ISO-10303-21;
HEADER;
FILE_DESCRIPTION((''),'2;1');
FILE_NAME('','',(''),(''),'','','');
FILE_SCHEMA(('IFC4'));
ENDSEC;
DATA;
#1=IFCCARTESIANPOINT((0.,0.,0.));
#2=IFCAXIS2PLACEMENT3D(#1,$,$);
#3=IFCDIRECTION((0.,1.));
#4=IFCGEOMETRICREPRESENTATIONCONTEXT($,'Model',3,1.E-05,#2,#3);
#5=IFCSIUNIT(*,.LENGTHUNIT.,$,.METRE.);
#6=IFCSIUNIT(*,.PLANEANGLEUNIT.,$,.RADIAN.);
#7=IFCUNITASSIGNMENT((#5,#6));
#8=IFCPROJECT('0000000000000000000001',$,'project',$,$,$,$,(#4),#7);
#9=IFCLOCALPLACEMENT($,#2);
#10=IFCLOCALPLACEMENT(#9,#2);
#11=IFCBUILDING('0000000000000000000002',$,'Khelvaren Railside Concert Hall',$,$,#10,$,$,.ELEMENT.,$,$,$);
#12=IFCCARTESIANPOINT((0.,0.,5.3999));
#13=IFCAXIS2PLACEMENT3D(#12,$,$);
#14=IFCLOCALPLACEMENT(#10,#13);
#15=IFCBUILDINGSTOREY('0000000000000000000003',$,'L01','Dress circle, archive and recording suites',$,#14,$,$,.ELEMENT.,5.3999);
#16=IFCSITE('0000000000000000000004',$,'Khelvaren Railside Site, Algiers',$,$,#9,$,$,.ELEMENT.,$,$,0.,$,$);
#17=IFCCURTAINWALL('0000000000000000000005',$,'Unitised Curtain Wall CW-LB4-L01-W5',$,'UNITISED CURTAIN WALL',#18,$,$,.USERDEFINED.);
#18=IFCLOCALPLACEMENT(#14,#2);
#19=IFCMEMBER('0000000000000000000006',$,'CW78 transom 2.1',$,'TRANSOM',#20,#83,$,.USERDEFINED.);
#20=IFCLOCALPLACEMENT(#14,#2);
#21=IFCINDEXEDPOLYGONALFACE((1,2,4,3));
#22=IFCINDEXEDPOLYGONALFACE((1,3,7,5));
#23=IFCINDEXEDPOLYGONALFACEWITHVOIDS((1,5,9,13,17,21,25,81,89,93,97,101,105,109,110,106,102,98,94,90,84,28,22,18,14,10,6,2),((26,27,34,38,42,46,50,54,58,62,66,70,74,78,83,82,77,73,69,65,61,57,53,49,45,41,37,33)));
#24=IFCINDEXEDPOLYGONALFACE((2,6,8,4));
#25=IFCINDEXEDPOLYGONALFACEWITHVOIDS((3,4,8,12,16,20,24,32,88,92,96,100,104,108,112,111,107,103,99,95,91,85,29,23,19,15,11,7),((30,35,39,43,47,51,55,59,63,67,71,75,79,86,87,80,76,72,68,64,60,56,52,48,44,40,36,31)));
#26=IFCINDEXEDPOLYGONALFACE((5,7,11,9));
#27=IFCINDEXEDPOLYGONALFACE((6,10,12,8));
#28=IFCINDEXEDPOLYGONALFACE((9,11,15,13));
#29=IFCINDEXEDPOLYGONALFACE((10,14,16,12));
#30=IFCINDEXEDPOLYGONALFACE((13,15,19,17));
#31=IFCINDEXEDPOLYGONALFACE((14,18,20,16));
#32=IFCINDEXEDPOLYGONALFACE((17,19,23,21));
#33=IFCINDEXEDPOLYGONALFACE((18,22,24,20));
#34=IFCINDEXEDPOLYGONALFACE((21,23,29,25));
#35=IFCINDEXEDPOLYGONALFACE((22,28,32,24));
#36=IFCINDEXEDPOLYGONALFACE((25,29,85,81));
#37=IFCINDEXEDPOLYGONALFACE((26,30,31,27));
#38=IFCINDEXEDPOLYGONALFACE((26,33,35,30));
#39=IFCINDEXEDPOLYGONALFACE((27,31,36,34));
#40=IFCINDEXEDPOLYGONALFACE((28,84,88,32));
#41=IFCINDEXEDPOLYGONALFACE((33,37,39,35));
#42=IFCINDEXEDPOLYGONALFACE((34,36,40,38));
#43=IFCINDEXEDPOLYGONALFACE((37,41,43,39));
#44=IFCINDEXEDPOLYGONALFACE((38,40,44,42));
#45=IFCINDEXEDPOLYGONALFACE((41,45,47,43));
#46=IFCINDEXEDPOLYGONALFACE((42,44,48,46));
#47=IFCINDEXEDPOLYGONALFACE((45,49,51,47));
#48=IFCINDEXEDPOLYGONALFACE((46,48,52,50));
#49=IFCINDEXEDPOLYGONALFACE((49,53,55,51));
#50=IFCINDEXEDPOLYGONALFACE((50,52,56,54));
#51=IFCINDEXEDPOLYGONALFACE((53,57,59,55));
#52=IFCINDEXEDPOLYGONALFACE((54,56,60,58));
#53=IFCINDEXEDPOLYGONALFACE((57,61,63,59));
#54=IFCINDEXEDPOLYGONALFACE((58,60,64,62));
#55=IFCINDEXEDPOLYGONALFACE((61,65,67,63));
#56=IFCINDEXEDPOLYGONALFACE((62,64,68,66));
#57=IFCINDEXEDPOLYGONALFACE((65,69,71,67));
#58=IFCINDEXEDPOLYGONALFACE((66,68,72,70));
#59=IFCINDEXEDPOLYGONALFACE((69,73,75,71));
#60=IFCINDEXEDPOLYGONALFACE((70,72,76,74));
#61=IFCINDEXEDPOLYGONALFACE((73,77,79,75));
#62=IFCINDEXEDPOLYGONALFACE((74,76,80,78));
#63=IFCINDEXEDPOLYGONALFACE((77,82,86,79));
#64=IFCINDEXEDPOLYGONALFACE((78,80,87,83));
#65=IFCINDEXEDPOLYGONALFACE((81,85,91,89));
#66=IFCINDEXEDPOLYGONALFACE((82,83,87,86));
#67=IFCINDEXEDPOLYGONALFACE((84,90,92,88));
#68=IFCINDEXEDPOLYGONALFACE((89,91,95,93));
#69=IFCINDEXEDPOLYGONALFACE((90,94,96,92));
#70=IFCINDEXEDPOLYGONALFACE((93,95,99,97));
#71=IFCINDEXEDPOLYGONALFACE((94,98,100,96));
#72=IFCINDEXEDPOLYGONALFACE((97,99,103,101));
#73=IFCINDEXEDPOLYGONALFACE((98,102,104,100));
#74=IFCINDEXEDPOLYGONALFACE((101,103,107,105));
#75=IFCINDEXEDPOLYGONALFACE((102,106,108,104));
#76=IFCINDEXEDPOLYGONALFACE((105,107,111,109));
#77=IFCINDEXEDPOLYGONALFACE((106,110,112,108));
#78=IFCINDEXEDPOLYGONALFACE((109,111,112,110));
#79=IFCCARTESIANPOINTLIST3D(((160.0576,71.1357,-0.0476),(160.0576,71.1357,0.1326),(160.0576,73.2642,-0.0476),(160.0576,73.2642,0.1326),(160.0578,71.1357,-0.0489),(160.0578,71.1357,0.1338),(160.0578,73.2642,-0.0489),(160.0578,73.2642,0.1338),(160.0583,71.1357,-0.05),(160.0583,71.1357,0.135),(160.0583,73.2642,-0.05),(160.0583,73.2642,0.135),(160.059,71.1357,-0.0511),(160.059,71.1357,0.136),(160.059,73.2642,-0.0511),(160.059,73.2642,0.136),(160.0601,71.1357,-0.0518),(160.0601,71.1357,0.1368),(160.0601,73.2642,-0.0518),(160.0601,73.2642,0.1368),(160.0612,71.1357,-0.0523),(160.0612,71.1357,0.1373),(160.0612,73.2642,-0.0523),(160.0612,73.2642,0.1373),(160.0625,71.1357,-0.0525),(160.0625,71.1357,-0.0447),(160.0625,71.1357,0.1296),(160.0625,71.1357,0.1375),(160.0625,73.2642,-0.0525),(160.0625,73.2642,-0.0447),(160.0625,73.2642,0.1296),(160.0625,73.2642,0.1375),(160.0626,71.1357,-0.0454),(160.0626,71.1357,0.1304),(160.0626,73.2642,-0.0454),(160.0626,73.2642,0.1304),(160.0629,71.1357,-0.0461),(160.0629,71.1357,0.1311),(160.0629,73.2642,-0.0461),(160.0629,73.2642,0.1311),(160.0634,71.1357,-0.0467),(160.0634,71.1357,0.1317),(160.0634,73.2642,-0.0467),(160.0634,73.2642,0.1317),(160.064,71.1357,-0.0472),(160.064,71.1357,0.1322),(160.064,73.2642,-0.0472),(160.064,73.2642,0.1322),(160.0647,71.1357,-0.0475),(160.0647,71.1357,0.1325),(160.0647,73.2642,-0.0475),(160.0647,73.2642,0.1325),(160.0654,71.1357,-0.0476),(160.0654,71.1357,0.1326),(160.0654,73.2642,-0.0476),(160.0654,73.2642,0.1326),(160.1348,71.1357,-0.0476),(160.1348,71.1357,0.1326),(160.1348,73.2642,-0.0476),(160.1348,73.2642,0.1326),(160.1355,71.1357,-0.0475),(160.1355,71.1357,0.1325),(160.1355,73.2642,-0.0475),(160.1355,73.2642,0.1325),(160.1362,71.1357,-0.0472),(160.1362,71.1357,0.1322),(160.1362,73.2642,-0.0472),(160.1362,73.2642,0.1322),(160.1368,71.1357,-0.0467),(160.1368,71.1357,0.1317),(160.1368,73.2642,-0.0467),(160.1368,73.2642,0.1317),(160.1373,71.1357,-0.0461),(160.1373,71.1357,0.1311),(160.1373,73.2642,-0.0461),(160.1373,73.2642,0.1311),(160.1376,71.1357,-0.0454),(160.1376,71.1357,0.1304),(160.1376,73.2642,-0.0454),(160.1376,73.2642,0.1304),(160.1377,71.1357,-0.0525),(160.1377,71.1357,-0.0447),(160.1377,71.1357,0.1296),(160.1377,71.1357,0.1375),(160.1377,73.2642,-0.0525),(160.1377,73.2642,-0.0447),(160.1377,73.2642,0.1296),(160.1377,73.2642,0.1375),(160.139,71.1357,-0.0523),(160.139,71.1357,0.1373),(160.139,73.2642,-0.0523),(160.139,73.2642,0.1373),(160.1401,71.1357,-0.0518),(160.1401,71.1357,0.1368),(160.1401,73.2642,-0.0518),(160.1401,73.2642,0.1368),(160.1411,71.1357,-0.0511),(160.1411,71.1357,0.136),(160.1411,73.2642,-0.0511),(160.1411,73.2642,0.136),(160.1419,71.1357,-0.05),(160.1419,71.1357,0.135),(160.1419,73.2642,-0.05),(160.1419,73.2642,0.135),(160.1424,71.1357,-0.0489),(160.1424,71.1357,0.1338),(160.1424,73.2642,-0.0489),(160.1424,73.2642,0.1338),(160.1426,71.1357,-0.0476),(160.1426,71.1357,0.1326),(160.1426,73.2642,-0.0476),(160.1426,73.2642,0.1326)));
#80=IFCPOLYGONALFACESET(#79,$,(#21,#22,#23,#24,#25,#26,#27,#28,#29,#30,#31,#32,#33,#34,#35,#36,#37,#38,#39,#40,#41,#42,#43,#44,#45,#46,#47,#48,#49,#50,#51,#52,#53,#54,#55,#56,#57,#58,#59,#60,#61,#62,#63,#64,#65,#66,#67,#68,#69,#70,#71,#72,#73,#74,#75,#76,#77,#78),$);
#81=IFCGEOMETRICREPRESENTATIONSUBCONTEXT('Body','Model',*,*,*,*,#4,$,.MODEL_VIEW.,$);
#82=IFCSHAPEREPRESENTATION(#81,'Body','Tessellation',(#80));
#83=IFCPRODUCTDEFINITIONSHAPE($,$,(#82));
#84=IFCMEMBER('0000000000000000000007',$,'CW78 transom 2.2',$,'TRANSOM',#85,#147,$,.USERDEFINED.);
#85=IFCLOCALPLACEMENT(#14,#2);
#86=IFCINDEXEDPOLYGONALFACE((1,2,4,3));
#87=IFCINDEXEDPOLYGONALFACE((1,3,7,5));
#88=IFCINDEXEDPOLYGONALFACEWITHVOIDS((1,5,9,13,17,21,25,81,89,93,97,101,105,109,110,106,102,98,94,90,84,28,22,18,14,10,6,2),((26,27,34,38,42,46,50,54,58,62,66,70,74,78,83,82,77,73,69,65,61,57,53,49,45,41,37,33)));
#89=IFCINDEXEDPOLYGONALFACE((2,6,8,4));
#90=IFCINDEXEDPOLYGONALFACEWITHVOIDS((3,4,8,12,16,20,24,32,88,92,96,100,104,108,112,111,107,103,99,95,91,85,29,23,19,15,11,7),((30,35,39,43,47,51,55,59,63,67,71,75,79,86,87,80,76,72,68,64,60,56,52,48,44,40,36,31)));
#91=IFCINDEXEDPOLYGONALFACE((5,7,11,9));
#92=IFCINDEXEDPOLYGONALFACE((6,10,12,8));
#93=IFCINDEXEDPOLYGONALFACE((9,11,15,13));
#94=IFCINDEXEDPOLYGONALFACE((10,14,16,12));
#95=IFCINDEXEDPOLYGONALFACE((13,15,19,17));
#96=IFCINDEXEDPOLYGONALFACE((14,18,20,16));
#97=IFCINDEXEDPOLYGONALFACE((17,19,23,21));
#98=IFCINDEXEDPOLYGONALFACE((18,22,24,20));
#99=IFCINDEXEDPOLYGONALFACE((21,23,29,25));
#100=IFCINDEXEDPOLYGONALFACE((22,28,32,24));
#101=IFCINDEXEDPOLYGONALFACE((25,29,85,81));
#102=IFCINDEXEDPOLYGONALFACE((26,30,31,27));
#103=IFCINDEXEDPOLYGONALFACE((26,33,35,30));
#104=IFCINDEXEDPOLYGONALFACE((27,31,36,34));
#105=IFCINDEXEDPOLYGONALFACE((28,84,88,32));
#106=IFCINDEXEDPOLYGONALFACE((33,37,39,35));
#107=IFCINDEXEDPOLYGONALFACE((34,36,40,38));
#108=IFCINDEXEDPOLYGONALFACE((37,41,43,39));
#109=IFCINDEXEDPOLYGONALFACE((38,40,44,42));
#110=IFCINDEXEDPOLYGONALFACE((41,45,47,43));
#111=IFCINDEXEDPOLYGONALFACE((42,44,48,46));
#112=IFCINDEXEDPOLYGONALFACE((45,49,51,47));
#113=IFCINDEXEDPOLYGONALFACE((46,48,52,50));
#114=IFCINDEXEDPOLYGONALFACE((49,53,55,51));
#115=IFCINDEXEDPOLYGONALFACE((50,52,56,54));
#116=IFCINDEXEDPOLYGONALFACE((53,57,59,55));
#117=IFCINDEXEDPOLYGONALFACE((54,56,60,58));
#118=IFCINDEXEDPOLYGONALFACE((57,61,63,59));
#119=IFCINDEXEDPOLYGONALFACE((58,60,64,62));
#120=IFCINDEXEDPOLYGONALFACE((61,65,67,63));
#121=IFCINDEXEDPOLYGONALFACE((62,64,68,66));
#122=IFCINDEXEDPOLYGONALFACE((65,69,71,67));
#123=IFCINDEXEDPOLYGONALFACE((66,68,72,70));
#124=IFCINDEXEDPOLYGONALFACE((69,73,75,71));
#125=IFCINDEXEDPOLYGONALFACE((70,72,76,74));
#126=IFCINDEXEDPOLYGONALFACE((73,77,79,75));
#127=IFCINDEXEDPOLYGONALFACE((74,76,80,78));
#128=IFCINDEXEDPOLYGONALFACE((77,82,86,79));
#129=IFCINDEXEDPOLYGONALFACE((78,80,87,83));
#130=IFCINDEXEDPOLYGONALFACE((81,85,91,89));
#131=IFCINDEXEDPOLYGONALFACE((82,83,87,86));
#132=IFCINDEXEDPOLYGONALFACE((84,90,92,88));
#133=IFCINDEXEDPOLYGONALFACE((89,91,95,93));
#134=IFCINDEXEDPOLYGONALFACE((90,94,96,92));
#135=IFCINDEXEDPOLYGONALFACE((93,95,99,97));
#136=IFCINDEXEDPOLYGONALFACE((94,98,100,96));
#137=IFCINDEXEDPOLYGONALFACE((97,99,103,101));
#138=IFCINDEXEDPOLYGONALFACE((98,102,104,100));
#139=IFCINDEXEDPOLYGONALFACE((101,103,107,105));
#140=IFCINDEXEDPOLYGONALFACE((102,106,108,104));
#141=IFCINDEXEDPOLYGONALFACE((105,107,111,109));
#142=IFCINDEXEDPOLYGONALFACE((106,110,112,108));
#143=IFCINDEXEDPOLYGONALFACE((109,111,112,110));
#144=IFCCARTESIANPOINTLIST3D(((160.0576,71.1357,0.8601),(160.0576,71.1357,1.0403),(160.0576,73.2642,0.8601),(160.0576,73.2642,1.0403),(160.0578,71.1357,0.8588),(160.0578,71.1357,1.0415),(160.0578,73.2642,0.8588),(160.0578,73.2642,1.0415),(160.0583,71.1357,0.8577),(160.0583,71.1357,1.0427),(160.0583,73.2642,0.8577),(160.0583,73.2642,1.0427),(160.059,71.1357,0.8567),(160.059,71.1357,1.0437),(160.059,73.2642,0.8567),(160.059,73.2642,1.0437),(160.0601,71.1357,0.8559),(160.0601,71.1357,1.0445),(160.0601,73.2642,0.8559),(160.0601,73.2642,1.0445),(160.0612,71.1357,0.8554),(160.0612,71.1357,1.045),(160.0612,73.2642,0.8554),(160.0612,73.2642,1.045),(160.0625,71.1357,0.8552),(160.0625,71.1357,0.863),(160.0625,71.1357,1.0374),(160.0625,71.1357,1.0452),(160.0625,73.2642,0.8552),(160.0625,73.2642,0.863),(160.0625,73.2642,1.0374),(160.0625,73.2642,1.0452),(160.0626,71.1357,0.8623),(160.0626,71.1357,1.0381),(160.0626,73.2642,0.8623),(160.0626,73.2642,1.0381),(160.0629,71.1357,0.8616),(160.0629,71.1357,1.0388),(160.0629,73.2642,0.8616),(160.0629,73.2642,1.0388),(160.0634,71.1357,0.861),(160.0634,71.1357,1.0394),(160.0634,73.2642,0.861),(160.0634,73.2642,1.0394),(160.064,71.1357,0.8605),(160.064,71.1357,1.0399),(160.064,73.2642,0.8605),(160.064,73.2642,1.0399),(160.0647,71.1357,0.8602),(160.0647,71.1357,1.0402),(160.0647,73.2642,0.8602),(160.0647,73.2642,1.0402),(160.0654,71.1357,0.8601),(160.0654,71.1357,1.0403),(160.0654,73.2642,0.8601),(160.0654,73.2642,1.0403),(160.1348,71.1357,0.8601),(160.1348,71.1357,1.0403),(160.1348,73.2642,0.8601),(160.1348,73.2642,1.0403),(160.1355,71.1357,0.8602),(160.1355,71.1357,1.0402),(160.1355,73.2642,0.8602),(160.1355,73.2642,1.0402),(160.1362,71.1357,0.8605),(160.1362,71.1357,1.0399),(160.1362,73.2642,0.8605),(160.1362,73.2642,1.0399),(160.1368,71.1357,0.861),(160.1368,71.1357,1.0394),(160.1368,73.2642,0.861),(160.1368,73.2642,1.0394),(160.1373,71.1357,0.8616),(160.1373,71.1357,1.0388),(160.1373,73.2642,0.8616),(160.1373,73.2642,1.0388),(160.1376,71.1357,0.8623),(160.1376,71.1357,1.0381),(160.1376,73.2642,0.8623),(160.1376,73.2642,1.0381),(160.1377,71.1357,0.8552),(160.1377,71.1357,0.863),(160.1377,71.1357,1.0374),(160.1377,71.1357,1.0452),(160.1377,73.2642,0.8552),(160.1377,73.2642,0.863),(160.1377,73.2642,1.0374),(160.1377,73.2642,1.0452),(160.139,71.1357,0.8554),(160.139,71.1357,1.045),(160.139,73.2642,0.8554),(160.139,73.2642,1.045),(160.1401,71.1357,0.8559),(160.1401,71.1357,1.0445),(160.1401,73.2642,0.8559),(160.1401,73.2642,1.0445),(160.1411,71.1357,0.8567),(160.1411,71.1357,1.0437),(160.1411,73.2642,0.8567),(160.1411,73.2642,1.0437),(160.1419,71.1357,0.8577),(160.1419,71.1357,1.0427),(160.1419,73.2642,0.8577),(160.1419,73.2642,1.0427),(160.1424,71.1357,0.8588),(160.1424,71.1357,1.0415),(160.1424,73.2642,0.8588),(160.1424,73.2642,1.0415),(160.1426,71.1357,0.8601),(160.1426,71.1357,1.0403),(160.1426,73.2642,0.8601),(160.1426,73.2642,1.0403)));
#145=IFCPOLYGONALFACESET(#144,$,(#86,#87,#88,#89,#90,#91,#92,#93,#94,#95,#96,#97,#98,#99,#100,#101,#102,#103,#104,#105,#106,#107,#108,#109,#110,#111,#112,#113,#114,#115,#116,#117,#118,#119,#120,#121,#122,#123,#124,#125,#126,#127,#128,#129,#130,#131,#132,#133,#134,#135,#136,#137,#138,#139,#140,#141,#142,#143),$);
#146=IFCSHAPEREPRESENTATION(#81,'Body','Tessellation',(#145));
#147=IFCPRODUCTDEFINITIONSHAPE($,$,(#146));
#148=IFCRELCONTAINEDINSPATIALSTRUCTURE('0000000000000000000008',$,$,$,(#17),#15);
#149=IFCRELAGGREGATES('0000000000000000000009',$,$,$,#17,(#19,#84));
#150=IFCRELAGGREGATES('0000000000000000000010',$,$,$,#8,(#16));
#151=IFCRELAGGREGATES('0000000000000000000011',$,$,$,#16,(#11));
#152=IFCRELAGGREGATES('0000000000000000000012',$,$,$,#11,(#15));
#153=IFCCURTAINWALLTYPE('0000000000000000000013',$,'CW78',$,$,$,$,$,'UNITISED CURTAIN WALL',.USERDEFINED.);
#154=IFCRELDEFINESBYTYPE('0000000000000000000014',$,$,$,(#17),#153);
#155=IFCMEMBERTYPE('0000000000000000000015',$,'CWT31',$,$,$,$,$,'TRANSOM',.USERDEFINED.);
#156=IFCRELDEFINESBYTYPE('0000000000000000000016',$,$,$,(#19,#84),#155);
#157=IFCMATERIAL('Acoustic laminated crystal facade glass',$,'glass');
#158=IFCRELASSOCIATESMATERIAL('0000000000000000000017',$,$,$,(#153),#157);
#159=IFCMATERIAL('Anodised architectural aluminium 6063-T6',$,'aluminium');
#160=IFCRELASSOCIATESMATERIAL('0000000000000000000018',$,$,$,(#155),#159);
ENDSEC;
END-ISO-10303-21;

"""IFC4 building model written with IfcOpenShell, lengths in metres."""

from ifc_helpers import new_model, si_unit, direction, frame, origin, origin_2d, place, context, subcontext, project, spatial, hollow_rectangle, extrude, material, material_profile, profile_set, type_object, element, aggregate, save


model = new_model("IFC4")

# Units and contexts
model_context = context("Model", 3, precision=1e-05, world=origin(), true_north=direction((0.0, 1.0)))
body_context = subcontext(model_context, "Body", "Model", "MODEL_VIEW")
ifc_project = project(units=[si_unit("LENGTHUNIT", "METRE"), si_unit("PLANEANGLEUNIT", "RADIAN")], contexts=[model_context])

# Site, building, storey
site_placement = place(None, origin())
site = spatial("IfcSite", under=ifc_project, at=site_placement, Name="Khelvaren Railside Site, Algiers", CompositionType="ELEMENT", RefElevation=0.0)
building_placement = place(site_placement, origin())
building = spatial("IfcBuilding", under=site, at=building_placement, Name="Khelvaren Railside Concert Hall", CompositionType="ELEMENT")
storey_placement = place(building_placement, frame((0.0, 0.0, 5.3999)))
storey = spatial("IfcBuildingStorey", under=building, at=storey_placement, Name="L01", Description="Dress circle, archive and recording suites", CompositionType="ELEMENT", Elevation=5.3999)

# Shared definitions
ifc_material_1 = material(Name="Acoustic laminated crystal facade glass", Category="glass")
curtain_wall_type = type_object("IfcCurtainWallType", Name="CW78", ElementType="UNITISED CURTAIN WALL", PredefinedType="USERDEFINED", material=ifc_material_1)
ifc_material_2 = material(Name="Anodised architectural aluminium 6063-T6", Category="aluminium")

# Curtain wall, members
curtain_wall_1_placement = place(storey_placement, origin())
curtain_wall_1 = element("IfcCurtainWall", 1, at=curtain_wall_1_placement, inside=storey, type_object=curtain_wall_type, Name="Unitised Curtain Wall CW-LB4-L01-W5", ObjectType="UNITISED CURTAIN WALL", PredefinedType="USERDEFINED")
ifc_material_profile_1 = material_profile(ifc_material_2, hollow_rectangle(XDim=0.085, YDim=0.1899, WallThickness=0.0049, InnerFilletRadius=0.0029, OuterFilletRadius=0.0049, at=origin_2d()), Name="CWT 85x190x5")
ifc_profile_set_1 = profile_set([ifc_material_profile_1], Name="Anodised architectural aluminium 6063-T6")
member_type_1 = type_object("IfcMemberType", Name="CWT31", ElementType="TRANSOM", PredefinedType="USERDEFINED", material=ifc_profile_set_1)
member_1_placement = place(storey_placement, frame((160.1001, 71.1357, 0.0425), z_axis=(0.0, 1.0, 0.0), x_axis=(-1.0, 0.0, 0.0)))
member_1 = element("IfcMember", 2, at=member_1_placement, type_object=member_type_1, Name="CW78 transom 2.1", ObjectType="TRANSOM", PredefinedType="USERDEFINED", context=body_context, shape_type="SweptSolid", body=[
    extrude(hollow_rectangle(XDim=0.085, YDim=0.1899, WallThickness=0.0049, InnerFilletRadius=0.0029, OuterFilletRadius=0.0049, at=origin_2d()), origin(), (0.0, 0.0, 1.0), 2.1284),
])
member_2_placement = place(storey_placement, frame((160.1001, 71.1357, 0.9502), z_axis=(0.0, 1.0, 0.0), x_axis=(-1.0, 0.0, 0.0)))
member_2 = element("IfcMember", 3, at=member_2_placement, type_object=member_type_1, Name="CW78 transom 2.2", ObjectType="TRANSOM", PredefinedType="USERDEFINED", context=body_context, shape_type="SweptSolid", body=[
    extrude(hollow_rectangle(XDim=0.085, YDim=0.1899, WallThickness=0.0049, InnerFilletRadius=0.0029, OuterFilletRadius=0.0049, at=origin_2d()), origin(), (0.0, 0.0, 1.0), 2.1284),
])

aggregate(curtain_wall_1, [member_1, member_2])

save(model, "model.ifc")
